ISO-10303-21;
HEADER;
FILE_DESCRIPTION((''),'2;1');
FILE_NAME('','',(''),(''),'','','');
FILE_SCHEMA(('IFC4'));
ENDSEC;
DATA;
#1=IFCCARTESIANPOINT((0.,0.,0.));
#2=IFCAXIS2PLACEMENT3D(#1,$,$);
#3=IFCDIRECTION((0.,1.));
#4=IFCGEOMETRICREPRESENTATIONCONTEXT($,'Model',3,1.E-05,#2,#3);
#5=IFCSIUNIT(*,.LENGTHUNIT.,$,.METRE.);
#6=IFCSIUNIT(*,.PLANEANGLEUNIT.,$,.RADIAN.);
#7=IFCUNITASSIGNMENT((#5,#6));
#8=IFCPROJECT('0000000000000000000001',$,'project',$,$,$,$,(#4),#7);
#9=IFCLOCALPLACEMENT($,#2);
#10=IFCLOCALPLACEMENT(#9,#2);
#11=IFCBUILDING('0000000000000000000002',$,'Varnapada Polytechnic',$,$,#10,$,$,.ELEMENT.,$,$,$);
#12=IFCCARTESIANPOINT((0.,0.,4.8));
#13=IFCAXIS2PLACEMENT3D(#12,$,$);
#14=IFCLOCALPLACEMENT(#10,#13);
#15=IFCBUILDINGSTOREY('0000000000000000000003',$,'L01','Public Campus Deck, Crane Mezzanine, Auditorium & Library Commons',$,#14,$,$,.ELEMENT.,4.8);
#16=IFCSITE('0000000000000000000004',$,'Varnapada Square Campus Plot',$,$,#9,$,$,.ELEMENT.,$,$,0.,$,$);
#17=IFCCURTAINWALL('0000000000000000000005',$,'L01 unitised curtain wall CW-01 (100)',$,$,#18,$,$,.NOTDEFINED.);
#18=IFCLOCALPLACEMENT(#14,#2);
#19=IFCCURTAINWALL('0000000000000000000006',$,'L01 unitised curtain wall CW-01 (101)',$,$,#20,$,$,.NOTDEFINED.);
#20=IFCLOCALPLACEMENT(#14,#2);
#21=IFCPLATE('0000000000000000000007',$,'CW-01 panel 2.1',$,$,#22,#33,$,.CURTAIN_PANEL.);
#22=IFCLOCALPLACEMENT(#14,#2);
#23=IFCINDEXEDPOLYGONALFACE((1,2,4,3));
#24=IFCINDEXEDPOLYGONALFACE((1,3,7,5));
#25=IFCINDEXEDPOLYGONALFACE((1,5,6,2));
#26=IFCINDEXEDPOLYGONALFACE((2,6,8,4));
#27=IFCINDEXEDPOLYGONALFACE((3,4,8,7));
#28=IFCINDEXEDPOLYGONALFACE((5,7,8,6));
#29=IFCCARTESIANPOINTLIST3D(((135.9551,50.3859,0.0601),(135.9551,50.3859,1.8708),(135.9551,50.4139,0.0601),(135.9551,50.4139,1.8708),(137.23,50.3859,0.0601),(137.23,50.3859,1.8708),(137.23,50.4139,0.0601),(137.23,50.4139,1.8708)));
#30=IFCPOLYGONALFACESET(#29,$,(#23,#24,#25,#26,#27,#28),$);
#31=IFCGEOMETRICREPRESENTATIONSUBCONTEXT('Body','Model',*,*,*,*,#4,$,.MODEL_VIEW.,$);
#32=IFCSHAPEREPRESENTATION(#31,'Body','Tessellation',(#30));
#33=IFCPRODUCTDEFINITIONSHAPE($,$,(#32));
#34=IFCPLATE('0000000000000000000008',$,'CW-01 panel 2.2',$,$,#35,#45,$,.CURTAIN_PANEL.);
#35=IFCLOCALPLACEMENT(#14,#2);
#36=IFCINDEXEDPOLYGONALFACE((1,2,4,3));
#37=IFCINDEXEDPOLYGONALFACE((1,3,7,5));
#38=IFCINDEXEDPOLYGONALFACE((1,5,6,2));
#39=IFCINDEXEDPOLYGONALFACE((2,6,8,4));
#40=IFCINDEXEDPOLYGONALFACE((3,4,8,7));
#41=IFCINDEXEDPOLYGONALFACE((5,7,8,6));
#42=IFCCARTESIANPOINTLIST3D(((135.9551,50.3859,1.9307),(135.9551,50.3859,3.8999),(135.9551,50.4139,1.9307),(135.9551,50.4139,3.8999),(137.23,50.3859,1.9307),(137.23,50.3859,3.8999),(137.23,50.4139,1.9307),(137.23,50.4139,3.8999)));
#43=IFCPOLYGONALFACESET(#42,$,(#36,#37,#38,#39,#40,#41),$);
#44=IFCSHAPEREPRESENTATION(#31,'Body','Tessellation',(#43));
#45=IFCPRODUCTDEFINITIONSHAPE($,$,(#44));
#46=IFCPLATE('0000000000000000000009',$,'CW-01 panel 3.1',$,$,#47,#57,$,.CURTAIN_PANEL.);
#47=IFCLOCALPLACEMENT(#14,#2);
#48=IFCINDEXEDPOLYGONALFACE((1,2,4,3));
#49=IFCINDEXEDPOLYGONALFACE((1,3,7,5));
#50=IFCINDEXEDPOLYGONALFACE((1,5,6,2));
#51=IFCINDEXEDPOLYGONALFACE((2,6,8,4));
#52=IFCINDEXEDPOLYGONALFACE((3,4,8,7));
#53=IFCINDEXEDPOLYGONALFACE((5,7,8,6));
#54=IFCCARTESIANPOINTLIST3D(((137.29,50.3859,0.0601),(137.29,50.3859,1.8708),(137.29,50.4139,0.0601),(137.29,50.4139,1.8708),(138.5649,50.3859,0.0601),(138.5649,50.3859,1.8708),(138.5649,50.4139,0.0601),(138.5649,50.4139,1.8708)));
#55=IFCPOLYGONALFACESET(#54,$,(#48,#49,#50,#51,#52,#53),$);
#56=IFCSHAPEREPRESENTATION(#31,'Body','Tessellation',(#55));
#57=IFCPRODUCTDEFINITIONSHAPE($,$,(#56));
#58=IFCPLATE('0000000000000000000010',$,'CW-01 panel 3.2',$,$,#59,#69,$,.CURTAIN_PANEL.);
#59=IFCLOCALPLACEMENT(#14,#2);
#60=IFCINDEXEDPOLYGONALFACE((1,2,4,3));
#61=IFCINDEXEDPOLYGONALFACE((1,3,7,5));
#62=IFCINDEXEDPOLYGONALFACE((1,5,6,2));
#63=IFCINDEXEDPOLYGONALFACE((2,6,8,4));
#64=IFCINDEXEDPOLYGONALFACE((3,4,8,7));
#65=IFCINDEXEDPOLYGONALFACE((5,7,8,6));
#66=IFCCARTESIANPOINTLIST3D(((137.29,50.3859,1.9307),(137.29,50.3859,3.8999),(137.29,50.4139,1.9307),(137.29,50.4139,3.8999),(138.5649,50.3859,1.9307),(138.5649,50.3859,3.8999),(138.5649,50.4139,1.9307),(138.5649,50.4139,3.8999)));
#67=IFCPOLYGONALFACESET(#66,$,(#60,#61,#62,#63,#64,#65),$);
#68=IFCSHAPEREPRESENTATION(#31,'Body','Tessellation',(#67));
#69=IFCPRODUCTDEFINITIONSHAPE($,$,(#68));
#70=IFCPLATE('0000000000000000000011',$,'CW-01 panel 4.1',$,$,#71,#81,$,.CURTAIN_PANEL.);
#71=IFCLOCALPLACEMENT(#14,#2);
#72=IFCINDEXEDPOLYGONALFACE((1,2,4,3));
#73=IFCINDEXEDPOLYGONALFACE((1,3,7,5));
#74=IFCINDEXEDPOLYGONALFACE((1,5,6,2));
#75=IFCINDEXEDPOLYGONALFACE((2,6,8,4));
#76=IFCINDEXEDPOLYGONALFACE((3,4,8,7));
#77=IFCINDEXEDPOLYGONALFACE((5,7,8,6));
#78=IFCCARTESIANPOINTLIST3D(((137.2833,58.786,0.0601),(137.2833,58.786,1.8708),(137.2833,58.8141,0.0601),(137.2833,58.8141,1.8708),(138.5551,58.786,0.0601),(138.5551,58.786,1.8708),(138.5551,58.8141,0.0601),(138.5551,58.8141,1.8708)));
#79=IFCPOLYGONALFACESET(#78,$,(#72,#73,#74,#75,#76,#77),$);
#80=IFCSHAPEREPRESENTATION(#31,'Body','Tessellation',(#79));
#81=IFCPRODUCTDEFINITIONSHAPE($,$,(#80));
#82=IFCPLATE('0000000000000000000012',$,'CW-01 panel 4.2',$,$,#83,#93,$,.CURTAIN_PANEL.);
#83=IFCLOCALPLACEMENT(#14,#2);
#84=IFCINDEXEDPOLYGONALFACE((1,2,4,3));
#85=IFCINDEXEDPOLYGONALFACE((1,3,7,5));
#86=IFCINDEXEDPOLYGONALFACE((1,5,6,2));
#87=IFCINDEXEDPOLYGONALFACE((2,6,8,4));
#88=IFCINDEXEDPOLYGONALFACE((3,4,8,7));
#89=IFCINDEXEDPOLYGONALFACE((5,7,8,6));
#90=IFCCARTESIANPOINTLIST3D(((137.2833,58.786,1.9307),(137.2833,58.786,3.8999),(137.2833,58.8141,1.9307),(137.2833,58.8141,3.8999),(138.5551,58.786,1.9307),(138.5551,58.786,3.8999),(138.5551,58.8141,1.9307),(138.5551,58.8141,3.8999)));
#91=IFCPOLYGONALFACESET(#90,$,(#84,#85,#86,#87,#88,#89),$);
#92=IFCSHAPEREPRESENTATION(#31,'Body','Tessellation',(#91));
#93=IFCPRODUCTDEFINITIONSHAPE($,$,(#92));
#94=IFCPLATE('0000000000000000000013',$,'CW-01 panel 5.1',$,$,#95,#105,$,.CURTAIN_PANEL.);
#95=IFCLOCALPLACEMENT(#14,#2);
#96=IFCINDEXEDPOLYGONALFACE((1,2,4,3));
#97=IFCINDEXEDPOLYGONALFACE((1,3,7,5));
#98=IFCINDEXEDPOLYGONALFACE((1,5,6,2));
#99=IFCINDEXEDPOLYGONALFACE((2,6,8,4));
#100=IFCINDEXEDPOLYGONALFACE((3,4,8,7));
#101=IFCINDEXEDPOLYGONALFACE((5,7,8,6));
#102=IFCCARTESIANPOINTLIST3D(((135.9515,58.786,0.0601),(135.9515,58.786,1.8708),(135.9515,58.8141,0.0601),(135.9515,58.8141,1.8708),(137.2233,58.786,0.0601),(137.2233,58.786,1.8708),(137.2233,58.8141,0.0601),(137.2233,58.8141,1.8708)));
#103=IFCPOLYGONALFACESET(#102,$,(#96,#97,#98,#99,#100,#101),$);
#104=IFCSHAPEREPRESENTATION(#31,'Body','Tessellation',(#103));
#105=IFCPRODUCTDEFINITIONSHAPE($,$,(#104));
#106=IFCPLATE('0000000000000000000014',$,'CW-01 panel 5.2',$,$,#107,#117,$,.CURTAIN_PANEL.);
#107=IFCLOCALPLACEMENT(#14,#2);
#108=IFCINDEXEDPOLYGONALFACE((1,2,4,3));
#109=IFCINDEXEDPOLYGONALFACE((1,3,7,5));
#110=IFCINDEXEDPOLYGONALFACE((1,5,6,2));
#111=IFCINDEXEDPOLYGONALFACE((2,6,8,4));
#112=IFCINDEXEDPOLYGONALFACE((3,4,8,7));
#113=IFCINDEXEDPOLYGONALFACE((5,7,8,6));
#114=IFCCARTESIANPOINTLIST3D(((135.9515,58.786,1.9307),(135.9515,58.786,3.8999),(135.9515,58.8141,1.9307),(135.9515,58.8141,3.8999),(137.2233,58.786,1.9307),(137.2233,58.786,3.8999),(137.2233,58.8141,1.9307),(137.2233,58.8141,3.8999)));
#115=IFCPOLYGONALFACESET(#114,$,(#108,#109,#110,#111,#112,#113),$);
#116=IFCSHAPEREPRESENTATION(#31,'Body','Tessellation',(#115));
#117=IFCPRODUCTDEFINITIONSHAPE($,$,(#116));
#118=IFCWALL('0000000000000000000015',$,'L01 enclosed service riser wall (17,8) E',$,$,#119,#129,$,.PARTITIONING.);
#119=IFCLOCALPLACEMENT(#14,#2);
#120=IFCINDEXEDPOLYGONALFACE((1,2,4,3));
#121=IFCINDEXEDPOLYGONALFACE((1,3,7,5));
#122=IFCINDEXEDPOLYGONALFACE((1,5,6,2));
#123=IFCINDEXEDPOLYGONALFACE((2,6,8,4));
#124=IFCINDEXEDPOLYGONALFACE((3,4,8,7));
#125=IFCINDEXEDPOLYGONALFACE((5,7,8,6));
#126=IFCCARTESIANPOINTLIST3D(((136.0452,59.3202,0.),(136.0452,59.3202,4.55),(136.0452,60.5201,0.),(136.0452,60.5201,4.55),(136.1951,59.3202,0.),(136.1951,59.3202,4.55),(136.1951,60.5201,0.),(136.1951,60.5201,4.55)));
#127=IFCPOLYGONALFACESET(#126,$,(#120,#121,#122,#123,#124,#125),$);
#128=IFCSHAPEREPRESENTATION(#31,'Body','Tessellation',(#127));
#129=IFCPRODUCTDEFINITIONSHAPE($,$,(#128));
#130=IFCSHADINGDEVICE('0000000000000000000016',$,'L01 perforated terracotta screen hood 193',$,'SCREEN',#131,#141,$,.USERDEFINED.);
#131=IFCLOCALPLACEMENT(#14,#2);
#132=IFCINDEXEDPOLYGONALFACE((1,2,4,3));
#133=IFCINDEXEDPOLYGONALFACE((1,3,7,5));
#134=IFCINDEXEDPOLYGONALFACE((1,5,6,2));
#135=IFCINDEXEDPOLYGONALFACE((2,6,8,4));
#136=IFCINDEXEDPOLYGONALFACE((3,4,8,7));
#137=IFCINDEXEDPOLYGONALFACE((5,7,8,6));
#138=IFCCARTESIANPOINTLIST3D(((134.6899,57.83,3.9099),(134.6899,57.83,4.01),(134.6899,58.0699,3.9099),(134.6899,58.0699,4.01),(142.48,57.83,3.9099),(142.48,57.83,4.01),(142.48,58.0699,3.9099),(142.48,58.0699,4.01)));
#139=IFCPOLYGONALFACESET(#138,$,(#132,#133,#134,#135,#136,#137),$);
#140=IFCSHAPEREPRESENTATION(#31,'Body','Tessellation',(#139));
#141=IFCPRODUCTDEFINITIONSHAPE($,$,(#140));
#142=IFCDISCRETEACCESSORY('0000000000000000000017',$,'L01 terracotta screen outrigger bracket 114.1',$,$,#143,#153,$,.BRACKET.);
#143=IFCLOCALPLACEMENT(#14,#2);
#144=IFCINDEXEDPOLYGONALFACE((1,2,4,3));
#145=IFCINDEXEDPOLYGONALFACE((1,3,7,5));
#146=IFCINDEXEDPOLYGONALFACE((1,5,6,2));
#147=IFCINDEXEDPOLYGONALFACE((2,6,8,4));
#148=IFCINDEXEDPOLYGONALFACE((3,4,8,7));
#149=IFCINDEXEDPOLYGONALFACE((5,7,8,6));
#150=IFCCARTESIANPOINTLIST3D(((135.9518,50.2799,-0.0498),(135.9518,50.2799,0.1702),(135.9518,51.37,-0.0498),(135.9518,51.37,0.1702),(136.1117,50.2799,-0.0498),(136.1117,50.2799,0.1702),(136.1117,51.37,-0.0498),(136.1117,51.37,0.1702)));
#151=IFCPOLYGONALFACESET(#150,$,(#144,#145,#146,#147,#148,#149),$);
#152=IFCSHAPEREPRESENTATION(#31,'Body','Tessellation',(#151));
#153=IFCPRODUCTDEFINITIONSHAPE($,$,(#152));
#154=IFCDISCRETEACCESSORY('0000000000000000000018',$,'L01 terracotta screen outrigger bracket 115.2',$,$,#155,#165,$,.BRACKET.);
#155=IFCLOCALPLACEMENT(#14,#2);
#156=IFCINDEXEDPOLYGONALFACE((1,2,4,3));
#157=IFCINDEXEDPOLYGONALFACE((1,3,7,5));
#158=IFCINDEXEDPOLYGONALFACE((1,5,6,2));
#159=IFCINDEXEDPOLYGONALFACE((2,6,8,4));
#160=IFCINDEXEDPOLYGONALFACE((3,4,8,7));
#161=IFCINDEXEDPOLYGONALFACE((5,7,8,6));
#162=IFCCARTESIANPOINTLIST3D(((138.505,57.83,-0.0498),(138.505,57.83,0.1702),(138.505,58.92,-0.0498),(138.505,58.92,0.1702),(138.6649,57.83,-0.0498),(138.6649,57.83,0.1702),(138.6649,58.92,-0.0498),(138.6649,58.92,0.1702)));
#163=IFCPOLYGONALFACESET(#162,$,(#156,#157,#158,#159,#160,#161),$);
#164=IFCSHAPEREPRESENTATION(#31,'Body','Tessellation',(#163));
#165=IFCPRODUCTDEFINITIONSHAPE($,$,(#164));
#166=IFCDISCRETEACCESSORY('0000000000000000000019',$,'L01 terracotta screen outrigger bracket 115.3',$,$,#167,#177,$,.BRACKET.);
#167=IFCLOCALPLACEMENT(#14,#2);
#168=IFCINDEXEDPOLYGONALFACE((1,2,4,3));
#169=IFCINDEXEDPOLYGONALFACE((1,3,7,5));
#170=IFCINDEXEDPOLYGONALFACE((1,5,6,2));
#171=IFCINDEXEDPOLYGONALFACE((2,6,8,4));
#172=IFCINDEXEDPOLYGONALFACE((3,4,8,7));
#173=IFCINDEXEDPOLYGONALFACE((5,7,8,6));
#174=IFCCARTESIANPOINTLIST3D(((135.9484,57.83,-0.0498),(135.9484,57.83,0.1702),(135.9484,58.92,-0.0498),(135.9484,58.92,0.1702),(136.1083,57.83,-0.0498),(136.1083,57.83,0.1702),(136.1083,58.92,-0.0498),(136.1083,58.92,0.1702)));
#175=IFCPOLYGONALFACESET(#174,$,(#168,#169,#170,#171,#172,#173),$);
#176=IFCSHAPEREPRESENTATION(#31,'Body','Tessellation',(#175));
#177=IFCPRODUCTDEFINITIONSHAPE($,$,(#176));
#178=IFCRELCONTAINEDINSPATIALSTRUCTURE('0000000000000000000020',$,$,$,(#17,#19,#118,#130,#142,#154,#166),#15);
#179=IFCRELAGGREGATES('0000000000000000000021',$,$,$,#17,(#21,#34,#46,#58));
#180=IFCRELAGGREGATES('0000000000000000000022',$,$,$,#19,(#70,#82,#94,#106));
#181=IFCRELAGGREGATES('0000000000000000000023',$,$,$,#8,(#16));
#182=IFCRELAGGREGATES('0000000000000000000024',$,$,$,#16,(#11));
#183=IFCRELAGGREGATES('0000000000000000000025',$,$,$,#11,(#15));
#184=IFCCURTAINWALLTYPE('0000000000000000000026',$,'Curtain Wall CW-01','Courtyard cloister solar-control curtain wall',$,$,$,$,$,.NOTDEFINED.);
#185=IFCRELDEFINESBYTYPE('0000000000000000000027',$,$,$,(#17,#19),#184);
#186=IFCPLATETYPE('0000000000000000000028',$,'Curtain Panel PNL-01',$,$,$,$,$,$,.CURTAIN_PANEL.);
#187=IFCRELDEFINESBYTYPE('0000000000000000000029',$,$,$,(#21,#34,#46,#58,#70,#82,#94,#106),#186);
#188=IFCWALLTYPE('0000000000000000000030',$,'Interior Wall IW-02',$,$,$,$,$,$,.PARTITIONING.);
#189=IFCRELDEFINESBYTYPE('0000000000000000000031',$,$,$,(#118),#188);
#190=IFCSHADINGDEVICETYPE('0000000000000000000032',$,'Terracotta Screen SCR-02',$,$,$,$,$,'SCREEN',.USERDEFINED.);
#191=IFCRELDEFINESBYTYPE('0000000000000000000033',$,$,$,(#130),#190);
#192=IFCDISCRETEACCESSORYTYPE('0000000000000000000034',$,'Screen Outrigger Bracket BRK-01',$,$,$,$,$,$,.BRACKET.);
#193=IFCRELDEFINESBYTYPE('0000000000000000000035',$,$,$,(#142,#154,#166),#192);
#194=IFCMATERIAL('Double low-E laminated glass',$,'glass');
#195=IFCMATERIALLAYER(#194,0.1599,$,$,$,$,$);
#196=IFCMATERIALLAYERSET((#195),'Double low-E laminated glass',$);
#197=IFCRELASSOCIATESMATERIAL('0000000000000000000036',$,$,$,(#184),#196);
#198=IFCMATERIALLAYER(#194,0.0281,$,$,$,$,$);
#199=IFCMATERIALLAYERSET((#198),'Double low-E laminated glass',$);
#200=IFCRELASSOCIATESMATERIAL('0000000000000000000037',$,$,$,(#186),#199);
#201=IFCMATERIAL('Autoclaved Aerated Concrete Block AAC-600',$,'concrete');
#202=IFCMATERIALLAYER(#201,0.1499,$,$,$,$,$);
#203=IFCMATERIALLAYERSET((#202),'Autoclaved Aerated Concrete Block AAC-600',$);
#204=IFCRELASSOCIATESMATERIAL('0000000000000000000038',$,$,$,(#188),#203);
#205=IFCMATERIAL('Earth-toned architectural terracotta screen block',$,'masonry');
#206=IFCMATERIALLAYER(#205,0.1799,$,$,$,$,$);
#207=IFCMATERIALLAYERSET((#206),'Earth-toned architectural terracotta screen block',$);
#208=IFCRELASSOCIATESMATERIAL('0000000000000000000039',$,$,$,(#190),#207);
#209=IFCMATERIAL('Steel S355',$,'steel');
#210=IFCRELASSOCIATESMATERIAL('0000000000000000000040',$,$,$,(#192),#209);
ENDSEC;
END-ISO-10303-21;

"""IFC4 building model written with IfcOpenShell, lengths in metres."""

from ifc_helpers import new_model, si_unit, direction, frame, frame_2d, origin, origin_2d, place, context, subcontext, project, spatial, rectangle, extrude, material, layer, layer_set, type_object, element, aggregate, save


model = new_model("IFC4")

# Units and contexts
model_context = context("Model", 3, precision=1e-05, world=origin(), true_north=direction((0.0, 1.0)))
body_context = subcontext(model_context, "Body", "Model", "MODEL_VIEW")
ifc_project = project(units=[si_unit("LENGTHUNIT", "METRE"), si_unit("PLANEANGLEUNIT", "RADIAN")], contexts=[model_context])

# Site, building, storey
site_placement = place(None, origin())
site = spatial("IfcSite", under=ifc_project, at=site_placement, Name="Varnapada Square Campus Plot", CompositionType="ELEMENT", RefElevation=0.0)
building_placement = place(site_placement, origin())
building = spatial("IfcBuilding", under=site, at=building_placement, Name="Varnapada Polytechnic", CompositionType="ELEMENT")
storey_placement = place(building_placement, frame((0.0, 0.0, 4.8)))
storey = spatial("IfcBuildingStorey", under=building, at=storey_placement, Name="L01", Description="Public Campus Deck, Crane Mezzanine, Auditorium & Library Commons", CompositionType="ELEMENT", Elevation=4.8)

# Curtain walls
ifc_material_1 = material(Name="Double low-E laminated glass", Category="glass")
ifc_layer_1 = layer(ifc_material_1, 0.1599)
ifc_layer_set_1 = layer_set([ifc_layer_1], Name="Double low-E laminated glass")
curtain_wall_type = type_object("IfcCurtainWallType", Name="Curtain Wall CW-01", Description="Courtyard cloister solar-control curtain wall", PredefinedType="NOTDEFINED", material=ifc_layer_set_1)
curtain_wall_1_placement = place(storey_placement, origin())
curtain_wall_1 = element("IfcCurtainWall", 1, at=curtain_wall_1_placement, inside=storey, type_object=curtain_wall_type, Name="L01 unitised curtain wall CW-01 (100)", PredefinedType="NOTDEFINED")
curtain_wall_2_placement = place(storey_placement, origin())
curtain_wall_2 = element("IfcCurtainWall", 2, at=curtain_wall_2_placement, inside=storey, type_object=curtain_wall_type, Name="L01 unitised curtain wall CW-01 (101)", PredefinedType="NOTDEFINED")

# Plates
ifc_layer_2 = layer(ifc_material_1, 0.0281)
ifc_layer_set_2 = layer_set([ifc_layer_2], Name="Double low-E laminated glass")
plate_type = type_object("IfcPlateType", Name="Curtain Panel PNL-01", PredefinedType="CURTAIN_PANEL", material=ifc_layer_set_2)
plate_1_placement = place(storey_placement, frame((136.5925, 50.3999, 0.0601), z_axis=(0.0, 0.0, 1.0), x_axis=(1.0, 0.0, 0.0)))
plate_1 = element("IfcPlate", 3, at=plate_1_placement, type_object=plate_type, Name="CW-01 panel 2.1", PredefinedType="CURTAIN_PANEL", context=body_context, shape_type="SweptSolid", body=[
    extrude(rectangle(XDim=1.2749, YDim=0.0281, at=origin_2d()), origin(), (0.0, 0.0, 1.0), 1.8108),
])
plate_2_placement = place(storey_placement, frame((136.5925, 50.3999, 1.9307), z_axis=(0.0, 0.0, 1.0), x_axis=(1.0, 0.0, 0.0)))
plate_2 = element("IfcPlate", 4, at=plate_2_placement, type_object=plate_type, Name="CW-01 panel 2.2", PredefinedType="CURTAIN_PANEL", context=body_context, shape_type="SweptSolid", body=[
    extrude(rectangle(XDim=1.2749, YDim=0.0281, at=origin_2d()), origin(), (0.0, 0.0, 1.0), 1.9692),
])
plate_3_placement = place(storey_placement, frame((137.9275, 50.3999, 0.0601), z_axis=(0.0, 0.0, 1.0), x_axis=(1.0, 0.0, 0.0)))
plate_3 = element("IfcPlate", 5, at=plate_3_placement, type_object=plate_type, Name="CW-01 panel 3.1", PredefinedType="CURTAIN_PANEL", context=body_context, shape_type="SweptSolid", body=[
    extrude(rectangle(XDim=1.2749, YDim=0.0281, at=origin_2d()), origin(), (0.0, 0.0, 1.0), 1.8108),
])
plate_4_placement = place(storey_placement, frame((137.9275, 50.3999, 1.9307), z_axis=(0.0, 0.0, 1.0), x_axis=(1.0, 0.0, 0.0)))
plate_4 = element("IfcPlate", 6, at=plate_4_placement, type_object=plate_type, Name="CW-01 panel 3.2", PredefinedType="CURTAIN_PANEL", context=body_context, shape_type="SweptSolid", body=[
    extrude(rectangle(XDim=1.2749, YDim=0.0281, at=origin_2d()), origin(), (0.0, 0.0, 1.0), 1.9692),
])
aggregate(curtain_wall_1, [plate_1, plate_2, plate_3, plate_4])
plate_5_placement = place(storey_placement, frame((137.9192, 58.8, 0.0601), z_axis=(0.0, 0.0, 1.0), x_axis=(-1.0, 0.0, 0.0)))
plate_5 = element("IfcPlate", 7, at=plate_5_placement, type_object=plate_type, Name="CW-01 panel 4.1", PredefinedType="CURTAIN_PANEL", context=body_context, shape_type="SweptSolid", body=[
    extrude(rectangle(XDim=1.2717, YDim=0.0281, at=origin_2d()), origin(), (0.0, 0.0, 1.0), 1.8108),
])
plate_6_placement = place(storey_placement, frame((137.9192, 58.8, 1.9307), z_axis=(0.0, 0.0, 1.0), x_axis=(-1.0, 0.0, 0.0)))
plate_6 = element("IfcPlate", 8, at=plate_6_placement, type_object=plate_type, Name="CW-01 panel 4.2", PredefinedType="CURTAIN_PANEL", context=body_context, shape_type="SweptSolid", body=[
    extrude(rectangle(XDim=1.2717, YDim=0.0281, at=origin_2d()), origin(), (0.0, 0.0, 1.0), 1.9692),
])
plate_7_placement = place(storey_placement, frame((136.5874, 58.8, 0.0601), z_axis=(0.0, 0.0, 1.0), x_axis=(-1.0, 0.0, 0.0)))
plate_7 = element("IfcPlate", 9, at=plate_7_placement, type_object=plate_type, Name="CW-01 panel 5.1", PredefinedType="CURTAIN_PANEL", context=body_context, shape_type="SweptSolid", body=[
    extrude(rectangle(XDim=1.2717, YDim=0.0281, at=origin_2d()), origin(), (0.0, 0.0, 1.0), 1.8108),
])
plate_8_placement = place(storey_placement, frame((136.5874, 58.8, 1.9307), z_axis=(0.0, 0.0, 1.0), x_axis=(-1.0, 0.0, 0.0)))
plate_8 = element("IfcPlate", 10, at=plate_8_placement, type_object=plate_type, Name="CW-01 panel 5.2", PredefinedType="CURTAIN_PANEL", context=body_context, shape_type="SweptSolid", body=[
    extrude(rectangle(XDim=1.2717, YDim=0.0281, at=origin_2d()), origin(), (0.0, 0.0, 1.0), 1.9692),
])
aggregate(curtain_wall_2, [plate_5, plate_6, plate_7, plate_8])

# Wall
ifc_material_2 = material(Name="Autoclaved Aerated Concrete Block AAC-600", Category="concrete")
ifc_layer_3 = layer(ifc_material_2, 0.1499)
ifc_layer_set_3 = layer_set([ifc_layer_3], Name="Autoclaved Aerated Concrete Block AAC-600")
wall_type = type_object("IfcWallType", Name="Interior Wall IW-02", PredefinedType="PARTITIONING", material=ifc_layer_set_3)
wall_placement = place(storey_placement, frame((136.1201, 59.3201, 0.0), z_axis=(0.0, 0.0, 1.0), x_axis=(0.0, 1.0, 0.0)))
element("IfcWall", 11, at=wall_placement, inside=storey, type_object=wall_type, Name="L01 enclosed service riser wall (17,8) E", PredefinedType="PARTITIONING", context=body_context, shape_type="SweptSolid", body=[
    extrude(rectangle(XDim=1.2, YDim=0.1499, at=frame_2d((0.6001, 0.0))), origin(), (0.0, 0.0, 1.0), 4.55),
])

# Shading device
ifc_material_3 = material(Name="Earth-toned architectural terracotta screen block", Category="masonry")
ifc_layer_4 = layer(ifc_material_3, 0.1799)
ifc_layer_set_4 = layer_set([ifc_layer_4], Name="Earth-toned architectural terracotta screen block")
shading_device_type = type_object("IfcShadingDeviceType", Name="Terracotta Screen SCR-02", ElementType="SCREEN", PredefinedType="USERDEFINED", material=ifc_layer_set_4)
shading_device_placement = place(storey_placement, frame((138.585, 57.95, 3.9099), z_axis=(0.0, 0.0, 1.0), x_axis=(-1.0, 0.0, 0.0)))
element("IfcShadingDevice", 12, at=shading_device_placement, inside=storey, type_object=shading_device_type, Name="L01 perforated terracotta screen hood 193", ObjectType="SCREEN", PredefinedType="USERDEFINED", context=body_context, shape_type="SweptSolid", body=[
    extrude(rectangle(XDim=7.79, YDim=0.24, at=origin_2d()), origin(), (0.0, 0.0, 1.0), 0.1001),
])

# Discrete accessories
ifc_material_4 = material(Name="Steel S355", Category="steel")
discrete_accessory_type = type_object("IfcDiscreteAccessoryType", Name="Screen Outrigger Bracket BRK-01", PredefinedType="BRACKET", material=ifc_material_4)
for number, where, z_axis, x_axis, name in (
    (13, (136.0317, 50.825, -0.0498), (0.0, 0.0, 1.0), (1.0, 0.0, 0.0), "L01 terracotta screen outrigger bracket 114.1"),
    (14, (138.585, 58.375, -0.0498), (0.0, 0.0, 1.0), (-1.0, 0.0, 0.0), "L01 terracotta screen outrigger bracket 115.2"),
    (15, (136.0283, 58.375, -0.0498), (0.0, 0.0, 1.0), (-1.0, 0.0, 0.0), "L01 terracotta screen outrigger bracket 115.3"),
):
    element("IfcDiscreteAccessory", number, at=place(storey_placement, frame(where, z_axis=z_axis, x_axis=x_axis)), inside=storey, type_object=discrete_accessory_type, Name=name, PredefinedType="BRACKET", context=body_context, shape_type="SweptSolid", body=[
        extrude(rectangle(XDim=0.1599, YDim=1.0901, at=origin_2d()), origin(), (0.0, 0.0, 1.0), 0.22),
    ])

save(model, "model.ifc")
